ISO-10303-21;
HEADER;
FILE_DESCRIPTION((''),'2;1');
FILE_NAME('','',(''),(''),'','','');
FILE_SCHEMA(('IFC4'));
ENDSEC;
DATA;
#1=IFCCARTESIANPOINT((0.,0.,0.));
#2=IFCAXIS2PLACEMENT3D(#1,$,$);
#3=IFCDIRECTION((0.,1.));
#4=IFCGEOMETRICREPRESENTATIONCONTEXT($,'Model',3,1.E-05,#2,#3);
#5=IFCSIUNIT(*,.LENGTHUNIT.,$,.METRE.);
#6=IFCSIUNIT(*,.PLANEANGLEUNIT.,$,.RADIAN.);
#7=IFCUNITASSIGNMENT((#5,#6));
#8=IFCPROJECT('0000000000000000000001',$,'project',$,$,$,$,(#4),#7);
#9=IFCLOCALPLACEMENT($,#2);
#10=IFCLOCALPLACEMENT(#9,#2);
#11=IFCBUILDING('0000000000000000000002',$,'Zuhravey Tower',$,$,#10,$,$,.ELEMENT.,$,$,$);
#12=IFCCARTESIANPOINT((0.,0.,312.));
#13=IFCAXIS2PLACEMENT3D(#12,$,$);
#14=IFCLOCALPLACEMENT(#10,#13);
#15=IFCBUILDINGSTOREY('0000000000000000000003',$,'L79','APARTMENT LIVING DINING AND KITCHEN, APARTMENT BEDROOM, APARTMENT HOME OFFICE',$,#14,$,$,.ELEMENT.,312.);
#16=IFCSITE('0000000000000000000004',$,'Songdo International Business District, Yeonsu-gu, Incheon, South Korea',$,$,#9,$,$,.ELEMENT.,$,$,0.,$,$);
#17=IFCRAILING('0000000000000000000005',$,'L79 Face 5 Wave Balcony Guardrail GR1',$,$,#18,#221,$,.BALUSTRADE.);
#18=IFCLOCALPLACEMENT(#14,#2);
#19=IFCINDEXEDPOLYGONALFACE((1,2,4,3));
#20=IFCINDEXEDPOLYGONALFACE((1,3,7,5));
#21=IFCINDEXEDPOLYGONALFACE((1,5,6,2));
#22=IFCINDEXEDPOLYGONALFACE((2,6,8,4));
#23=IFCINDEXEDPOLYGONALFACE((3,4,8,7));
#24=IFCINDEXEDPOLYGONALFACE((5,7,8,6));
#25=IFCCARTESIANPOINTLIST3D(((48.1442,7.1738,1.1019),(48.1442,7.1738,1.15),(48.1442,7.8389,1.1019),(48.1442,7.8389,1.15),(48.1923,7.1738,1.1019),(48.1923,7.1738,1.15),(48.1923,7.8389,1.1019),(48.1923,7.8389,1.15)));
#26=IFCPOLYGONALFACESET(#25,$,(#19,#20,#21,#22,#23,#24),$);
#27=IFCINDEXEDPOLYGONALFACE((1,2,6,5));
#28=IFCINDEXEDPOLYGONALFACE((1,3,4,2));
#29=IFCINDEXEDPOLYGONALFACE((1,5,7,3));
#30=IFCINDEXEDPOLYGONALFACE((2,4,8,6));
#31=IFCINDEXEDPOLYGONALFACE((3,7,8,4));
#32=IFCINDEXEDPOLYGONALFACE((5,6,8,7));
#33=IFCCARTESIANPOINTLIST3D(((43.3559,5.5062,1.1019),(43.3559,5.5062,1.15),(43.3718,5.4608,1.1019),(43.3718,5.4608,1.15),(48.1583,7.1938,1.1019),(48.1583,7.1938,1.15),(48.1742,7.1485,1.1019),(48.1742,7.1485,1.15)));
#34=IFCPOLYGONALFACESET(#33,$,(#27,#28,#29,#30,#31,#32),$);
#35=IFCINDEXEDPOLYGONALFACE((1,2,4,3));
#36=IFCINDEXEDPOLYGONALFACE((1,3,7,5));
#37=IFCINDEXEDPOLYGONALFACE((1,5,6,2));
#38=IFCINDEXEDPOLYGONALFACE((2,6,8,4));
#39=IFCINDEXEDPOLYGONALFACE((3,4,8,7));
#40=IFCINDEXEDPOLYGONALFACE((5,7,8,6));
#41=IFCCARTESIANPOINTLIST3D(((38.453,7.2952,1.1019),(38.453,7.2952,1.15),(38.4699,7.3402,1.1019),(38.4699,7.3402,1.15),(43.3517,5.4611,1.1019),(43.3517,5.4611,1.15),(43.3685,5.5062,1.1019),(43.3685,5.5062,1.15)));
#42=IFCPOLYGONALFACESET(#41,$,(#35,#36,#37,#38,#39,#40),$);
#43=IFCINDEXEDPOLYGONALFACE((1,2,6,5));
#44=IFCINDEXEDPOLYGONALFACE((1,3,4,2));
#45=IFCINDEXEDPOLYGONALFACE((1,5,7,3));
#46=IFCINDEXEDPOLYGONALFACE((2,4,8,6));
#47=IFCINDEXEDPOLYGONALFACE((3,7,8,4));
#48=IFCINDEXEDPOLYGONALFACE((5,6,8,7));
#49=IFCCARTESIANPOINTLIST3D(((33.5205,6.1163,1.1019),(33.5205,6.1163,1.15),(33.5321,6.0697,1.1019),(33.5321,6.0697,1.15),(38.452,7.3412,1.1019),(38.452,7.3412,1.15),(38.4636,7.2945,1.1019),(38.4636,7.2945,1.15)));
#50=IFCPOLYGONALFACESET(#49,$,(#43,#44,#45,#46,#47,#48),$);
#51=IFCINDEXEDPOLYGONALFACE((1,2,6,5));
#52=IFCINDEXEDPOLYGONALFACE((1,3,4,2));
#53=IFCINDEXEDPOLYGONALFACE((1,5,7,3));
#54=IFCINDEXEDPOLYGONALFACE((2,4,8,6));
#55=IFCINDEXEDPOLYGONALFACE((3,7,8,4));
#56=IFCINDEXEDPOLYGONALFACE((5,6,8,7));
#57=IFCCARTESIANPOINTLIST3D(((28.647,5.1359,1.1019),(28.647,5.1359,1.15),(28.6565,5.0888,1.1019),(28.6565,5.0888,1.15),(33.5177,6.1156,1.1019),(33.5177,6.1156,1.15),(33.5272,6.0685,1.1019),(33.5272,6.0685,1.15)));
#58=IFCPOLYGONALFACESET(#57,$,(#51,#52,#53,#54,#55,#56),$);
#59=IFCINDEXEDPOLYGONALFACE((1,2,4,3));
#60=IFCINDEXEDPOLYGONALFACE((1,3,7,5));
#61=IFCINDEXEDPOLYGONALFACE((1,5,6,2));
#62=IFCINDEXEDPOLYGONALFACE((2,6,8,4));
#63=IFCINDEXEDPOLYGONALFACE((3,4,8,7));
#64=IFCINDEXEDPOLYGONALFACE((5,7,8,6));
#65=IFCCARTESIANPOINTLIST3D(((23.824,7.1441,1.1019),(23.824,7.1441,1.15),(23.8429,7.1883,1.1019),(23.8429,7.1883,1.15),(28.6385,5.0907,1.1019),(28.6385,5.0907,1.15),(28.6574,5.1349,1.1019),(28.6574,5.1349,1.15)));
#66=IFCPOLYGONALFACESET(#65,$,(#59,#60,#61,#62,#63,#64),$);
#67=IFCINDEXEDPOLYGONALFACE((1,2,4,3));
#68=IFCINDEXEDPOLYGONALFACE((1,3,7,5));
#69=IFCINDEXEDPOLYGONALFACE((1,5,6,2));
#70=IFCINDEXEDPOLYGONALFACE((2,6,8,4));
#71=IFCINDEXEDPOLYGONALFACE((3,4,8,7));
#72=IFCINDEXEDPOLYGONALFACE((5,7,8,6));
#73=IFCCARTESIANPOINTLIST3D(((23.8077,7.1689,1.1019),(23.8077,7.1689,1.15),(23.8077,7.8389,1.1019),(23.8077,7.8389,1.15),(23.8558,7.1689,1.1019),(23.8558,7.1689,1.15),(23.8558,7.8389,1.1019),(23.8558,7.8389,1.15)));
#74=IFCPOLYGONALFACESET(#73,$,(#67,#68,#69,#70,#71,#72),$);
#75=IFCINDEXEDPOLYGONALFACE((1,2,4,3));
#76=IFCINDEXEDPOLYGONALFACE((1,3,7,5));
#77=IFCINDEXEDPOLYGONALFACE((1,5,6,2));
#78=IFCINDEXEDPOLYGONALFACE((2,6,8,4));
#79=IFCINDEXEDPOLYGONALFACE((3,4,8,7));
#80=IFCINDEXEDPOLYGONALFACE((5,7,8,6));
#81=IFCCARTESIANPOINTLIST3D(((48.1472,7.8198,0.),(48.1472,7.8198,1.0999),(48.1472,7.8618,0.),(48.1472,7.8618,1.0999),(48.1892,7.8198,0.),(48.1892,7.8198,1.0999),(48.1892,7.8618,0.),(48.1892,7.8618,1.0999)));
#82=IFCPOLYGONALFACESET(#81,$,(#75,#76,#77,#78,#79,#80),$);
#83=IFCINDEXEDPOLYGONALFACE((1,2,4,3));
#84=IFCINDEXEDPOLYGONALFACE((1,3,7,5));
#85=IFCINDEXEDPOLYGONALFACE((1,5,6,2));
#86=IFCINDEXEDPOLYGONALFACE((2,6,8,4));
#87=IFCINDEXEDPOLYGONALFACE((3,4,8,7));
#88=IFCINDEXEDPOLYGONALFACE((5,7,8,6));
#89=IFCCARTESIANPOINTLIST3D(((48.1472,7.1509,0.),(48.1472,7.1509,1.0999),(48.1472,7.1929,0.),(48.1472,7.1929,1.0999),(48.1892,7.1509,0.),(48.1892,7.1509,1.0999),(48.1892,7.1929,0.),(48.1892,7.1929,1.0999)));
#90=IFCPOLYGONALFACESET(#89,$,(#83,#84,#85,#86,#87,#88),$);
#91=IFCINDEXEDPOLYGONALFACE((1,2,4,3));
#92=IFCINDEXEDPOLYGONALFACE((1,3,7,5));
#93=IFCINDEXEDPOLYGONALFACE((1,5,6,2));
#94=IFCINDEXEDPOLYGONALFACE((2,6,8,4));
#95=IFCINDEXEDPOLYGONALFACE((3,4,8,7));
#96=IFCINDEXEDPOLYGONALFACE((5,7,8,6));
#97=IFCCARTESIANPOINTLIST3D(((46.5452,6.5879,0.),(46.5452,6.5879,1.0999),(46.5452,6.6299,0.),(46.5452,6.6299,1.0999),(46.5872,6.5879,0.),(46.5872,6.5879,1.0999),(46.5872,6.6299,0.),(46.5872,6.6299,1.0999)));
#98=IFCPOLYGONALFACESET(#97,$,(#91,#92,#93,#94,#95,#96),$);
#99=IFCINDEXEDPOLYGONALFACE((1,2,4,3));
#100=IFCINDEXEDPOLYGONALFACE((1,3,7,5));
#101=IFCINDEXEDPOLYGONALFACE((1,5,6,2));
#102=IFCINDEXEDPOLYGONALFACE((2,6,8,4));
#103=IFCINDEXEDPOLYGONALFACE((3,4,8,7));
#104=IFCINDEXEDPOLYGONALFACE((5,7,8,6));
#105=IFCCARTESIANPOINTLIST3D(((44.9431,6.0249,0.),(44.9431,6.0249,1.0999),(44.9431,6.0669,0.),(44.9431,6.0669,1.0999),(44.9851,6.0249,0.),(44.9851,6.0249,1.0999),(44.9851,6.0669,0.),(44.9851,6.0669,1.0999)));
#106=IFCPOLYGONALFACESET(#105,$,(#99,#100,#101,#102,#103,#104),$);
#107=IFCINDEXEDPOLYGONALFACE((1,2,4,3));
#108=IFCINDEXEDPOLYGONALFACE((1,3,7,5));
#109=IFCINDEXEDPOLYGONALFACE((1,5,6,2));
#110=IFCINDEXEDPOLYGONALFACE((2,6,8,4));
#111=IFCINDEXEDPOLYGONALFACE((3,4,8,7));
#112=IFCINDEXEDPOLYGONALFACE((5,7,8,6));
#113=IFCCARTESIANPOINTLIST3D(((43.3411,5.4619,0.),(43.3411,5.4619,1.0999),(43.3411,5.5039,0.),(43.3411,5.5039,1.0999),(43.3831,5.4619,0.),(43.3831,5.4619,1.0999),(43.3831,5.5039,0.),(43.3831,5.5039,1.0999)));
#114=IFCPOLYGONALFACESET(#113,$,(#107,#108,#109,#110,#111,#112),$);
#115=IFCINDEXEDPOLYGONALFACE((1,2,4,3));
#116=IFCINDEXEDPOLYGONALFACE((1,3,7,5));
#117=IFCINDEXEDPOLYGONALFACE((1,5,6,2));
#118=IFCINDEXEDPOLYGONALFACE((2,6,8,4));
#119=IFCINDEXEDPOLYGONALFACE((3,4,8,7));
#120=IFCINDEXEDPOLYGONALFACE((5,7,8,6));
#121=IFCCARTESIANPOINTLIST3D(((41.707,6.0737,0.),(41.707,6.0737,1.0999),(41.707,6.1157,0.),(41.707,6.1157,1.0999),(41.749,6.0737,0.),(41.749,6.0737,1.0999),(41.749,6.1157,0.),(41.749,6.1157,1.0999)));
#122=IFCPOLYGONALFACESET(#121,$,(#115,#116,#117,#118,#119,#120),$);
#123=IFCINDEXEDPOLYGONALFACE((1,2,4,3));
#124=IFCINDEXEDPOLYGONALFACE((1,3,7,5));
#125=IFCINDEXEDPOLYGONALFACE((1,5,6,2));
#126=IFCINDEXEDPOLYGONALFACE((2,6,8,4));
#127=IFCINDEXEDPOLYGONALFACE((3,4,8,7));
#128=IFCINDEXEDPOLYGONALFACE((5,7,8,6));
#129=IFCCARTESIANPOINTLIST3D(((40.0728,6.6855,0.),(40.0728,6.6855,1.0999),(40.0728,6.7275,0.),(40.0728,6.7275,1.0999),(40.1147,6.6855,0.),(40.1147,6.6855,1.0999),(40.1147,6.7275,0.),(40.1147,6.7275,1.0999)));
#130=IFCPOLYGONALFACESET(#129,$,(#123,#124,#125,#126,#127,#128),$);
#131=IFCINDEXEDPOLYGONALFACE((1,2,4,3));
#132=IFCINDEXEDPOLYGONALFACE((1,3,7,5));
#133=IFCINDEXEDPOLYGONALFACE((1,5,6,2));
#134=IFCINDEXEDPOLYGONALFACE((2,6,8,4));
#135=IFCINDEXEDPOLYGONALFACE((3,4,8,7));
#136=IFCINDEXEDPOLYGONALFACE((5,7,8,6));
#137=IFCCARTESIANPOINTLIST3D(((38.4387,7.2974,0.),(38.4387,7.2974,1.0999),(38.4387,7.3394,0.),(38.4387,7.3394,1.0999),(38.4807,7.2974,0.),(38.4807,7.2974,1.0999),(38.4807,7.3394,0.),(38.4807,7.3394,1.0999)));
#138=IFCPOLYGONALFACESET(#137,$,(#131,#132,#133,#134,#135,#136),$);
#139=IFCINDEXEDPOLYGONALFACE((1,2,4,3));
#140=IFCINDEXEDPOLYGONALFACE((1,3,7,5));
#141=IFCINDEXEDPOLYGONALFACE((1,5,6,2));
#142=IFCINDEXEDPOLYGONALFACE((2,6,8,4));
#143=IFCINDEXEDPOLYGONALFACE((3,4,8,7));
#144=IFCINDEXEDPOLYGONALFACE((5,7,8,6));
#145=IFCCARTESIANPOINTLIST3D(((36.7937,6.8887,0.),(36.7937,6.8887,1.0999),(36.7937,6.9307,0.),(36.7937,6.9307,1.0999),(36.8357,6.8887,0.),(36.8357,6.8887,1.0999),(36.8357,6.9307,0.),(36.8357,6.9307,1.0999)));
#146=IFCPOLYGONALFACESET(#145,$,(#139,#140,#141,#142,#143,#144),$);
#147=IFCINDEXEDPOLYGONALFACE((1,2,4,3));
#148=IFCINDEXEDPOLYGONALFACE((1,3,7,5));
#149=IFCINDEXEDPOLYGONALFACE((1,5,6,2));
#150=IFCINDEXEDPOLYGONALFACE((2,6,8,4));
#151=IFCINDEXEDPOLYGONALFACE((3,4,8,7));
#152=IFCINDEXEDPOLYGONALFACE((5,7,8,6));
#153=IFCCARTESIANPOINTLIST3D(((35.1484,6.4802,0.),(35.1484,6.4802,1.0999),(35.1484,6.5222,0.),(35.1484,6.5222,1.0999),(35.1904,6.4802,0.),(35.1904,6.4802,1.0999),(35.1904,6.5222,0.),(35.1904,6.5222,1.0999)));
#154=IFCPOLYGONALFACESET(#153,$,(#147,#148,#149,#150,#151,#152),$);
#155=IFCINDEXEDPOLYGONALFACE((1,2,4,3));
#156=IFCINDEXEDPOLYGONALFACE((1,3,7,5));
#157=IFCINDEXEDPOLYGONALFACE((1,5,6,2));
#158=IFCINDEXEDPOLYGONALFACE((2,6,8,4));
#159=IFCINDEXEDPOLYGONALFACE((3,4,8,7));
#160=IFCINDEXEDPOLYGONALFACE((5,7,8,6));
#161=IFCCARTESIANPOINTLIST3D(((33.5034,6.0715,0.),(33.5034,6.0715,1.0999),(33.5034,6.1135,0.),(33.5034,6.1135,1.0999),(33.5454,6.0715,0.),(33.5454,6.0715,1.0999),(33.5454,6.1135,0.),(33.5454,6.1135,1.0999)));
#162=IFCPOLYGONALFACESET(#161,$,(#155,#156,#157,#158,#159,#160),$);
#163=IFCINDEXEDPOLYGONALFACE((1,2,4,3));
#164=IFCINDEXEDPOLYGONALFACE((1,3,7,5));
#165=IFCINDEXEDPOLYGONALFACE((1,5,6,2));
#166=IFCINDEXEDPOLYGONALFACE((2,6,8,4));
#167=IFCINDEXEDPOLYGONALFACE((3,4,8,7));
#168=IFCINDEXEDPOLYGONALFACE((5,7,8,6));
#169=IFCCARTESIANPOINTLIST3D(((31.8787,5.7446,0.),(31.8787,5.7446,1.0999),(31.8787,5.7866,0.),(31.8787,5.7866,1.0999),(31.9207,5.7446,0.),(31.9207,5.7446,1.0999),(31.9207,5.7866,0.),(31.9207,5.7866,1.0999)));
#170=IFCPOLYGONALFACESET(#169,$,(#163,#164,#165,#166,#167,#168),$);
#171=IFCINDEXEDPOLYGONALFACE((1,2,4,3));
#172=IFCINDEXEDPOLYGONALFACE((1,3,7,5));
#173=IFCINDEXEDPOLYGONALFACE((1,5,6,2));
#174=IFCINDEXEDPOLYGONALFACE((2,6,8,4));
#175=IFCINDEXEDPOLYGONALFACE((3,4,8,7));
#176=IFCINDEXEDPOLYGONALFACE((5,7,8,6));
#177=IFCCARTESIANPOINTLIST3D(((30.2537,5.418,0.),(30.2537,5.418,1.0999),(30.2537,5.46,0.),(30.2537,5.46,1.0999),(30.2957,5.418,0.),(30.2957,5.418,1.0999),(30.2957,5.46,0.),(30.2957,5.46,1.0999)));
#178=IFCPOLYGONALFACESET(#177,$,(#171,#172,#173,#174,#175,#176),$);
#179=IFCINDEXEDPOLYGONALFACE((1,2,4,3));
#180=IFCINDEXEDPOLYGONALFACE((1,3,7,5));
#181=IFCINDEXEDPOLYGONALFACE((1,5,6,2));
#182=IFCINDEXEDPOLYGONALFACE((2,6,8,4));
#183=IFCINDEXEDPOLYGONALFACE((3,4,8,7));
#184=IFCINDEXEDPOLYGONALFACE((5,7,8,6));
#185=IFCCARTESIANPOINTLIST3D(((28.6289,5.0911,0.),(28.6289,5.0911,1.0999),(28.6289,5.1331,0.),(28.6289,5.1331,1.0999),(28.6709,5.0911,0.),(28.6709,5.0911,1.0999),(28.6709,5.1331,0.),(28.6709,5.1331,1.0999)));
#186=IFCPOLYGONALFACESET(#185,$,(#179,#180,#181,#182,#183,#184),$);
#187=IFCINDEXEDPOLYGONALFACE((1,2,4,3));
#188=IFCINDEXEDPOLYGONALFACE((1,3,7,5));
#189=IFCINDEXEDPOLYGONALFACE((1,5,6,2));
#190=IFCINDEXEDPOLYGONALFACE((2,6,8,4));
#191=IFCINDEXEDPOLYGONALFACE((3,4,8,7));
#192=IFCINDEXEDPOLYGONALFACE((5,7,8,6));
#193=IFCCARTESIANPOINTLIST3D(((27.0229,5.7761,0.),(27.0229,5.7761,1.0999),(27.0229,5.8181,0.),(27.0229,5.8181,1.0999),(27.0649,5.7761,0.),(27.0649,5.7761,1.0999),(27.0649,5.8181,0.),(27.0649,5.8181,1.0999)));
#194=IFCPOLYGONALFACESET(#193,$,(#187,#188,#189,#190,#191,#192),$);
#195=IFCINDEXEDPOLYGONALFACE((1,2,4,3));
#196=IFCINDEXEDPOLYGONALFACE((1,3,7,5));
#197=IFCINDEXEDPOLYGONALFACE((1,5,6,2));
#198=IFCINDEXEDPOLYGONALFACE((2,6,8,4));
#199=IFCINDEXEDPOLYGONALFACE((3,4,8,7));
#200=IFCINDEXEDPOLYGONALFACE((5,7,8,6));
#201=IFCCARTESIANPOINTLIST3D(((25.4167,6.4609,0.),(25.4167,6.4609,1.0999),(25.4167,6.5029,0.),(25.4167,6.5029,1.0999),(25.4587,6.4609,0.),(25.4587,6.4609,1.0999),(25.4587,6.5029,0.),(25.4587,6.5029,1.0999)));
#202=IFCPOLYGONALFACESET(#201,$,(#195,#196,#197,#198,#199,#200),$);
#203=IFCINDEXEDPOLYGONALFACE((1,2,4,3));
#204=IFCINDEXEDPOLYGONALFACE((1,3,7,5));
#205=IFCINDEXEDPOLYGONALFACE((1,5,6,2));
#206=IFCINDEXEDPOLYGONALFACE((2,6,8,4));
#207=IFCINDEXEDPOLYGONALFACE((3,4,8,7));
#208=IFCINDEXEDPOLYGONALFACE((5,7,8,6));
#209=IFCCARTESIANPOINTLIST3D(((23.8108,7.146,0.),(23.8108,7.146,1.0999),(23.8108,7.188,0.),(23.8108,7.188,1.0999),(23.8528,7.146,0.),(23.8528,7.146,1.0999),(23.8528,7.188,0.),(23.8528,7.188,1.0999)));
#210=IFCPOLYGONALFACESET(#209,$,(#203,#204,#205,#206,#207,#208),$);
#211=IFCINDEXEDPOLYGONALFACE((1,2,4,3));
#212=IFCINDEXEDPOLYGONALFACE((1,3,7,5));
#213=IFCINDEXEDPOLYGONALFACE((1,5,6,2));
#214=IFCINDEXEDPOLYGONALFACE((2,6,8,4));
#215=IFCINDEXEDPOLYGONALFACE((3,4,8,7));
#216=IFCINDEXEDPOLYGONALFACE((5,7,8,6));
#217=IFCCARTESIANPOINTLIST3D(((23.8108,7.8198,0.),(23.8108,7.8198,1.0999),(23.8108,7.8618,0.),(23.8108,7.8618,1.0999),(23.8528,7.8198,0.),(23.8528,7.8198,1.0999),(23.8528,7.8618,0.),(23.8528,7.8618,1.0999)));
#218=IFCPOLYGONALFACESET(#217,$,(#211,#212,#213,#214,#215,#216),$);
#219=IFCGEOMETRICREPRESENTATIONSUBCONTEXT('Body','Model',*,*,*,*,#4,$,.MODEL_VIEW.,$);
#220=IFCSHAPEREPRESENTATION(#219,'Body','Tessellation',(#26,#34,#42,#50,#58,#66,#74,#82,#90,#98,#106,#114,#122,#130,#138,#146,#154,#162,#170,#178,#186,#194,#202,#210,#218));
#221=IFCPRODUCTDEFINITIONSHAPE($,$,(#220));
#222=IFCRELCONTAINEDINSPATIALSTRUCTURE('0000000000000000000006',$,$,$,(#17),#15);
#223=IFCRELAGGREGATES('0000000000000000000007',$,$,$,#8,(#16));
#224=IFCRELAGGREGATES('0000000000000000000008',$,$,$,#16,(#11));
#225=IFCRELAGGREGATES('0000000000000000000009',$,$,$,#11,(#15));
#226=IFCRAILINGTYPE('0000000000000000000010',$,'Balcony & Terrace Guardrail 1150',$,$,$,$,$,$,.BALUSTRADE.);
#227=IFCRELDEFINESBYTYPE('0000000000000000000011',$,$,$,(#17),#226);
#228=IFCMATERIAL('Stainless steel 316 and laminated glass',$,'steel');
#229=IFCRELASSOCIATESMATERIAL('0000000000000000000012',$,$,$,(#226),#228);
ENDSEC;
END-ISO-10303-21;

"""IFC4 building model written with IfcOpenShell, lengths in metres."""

from ifc_helpers import new_model, si_unit, direction, frame, origin, origin_2d, place, context, subcontext, project, spatial, rectangle, extrude, material, type_object, element, save


model = new_model("IFC4")

# Units and contexts
model_context = context("Model", 3, precision=1e-05, world=origin(), true_north=direction((0.0, 1.0)))
body_context = subcontext(model_context, "Body", "Model", "MODEL_VIEW")
ifc_project = project(units=[si_unit("LENGTHUNIT", "METRE"), si_unit("PLANEANGLEUNIT", "RADIAN")], contexts=[model_context])

# Site, building, storey
site_placement = place(None, origin())
site = spatial("IfcSite", under=ifc_project, at=site_placement, Name="Songdo International Business District, Yeonsu-gu, Incheon, South Korea", CompositionType="ELEMENT", RefElevation=0.0)
building_placement = place(site_placement, origin())
building = spatial("IfcBuilding", under=site, at=building_placement, Name="Zuhravey Tower", CompositionType="ELEMENT")
storey_placement = place(building_placement, frame((0.0, 0.0, 312.0)))
storey = spatial("IfcBuildingStorey", under=building, at=storey_placement, Name="L79", Description="APARTMENT LIVING DINING AND KITCHEN, APARTMENT BEDROOM, APARTMENT HOME OFFICE", CompositionType="ELEMENT", Elevation=312.0)

# Railing
ifc_material_1 = material(Name="Stainless steel 316 and laminated glass", Category="steel")
railing_type = type_object("IfcRailingType", Name="Balcony & Terrace Guardrail 1150", PredefinedType="BALUSTRADE", material=ifc_material_1)
railing_placement = place(storey_placement, frame((48.1682, 7.8408, 0.0)))
element("IfcRailing", 1, at=railing_placement, inside=storey, type_object=railing_type, Name="L79 Face 5 Wave Balcony Guardrail GR1", PredefinedType="BALUSTRADE", context=body_context, shape_type="SweptSolid", body=[
    extrude(rectangle(XDim=0.0481, YDim=0.0481, at=origin_2d()), frame((0.0, -0.002, 1.126), z_axis=(0.0, -1.0, 0.0), x_axis=(1.0, 0.0, 0.0)), (0.0, 0.0, 1.0), 0.665),
    extrude(rectangle(XDim=0.0481, YDim=0.0481, at=origin_2d()), frame((-0.002, -0.6697, 1.126), z_axis=(-0.943441, -0.331541, 0.0), x_axis=(0.331541, -0.943441, 0.0)), (0.0, 0.0, 1.0), 5.0903),
    extrude(rectangle(XDim=0.0481, YDim=0.0481, at=origin_2d()), frame((-4.8081, -2.3572, 1.126), z_axis=(-0.936513, 0.350633, 0.0), x_axis=(-0.350633, -0.936513, 0.0)), (0.0, 0.0, 1.0), 5.2307),
    extrude(rectangle(XDim=0.0481, YDim=0.0481, at=origin_2d()), frame((-9.7104, -0.5229, 1.126), z_axis=(-0.970511, -0.241056, 0.0), x_axis=(0.241056, -0.970511, 0.0)), (0.0, 0.0, 1.0), 5.0813),
    extrude(rectangle(XDim=0.0481, YDim=0.0481, at=origin_2d()), frame((-14.6458, -1.7488, 1.126), z_axis=(-0.980365, -0.197192, 0.0), x_axis=(0.197192, -0.980365, 0.0)), (0.0, 0.0, 1.0), 4.9683),
    extrude(rectangle(XDim=0.0481, YDim=0.0481, at=origin_2d()), frame((-19.5203, -2.728, 1.126), z_axis=(-0.919833, 0.39231, 0.0), x_axis=(-0.39231, -0.919833, 0.0)), (0.0, 0.0, 1.0), 5.2341),
    extrude(rectangle(XDim=0.0481, YDim=0.0481, at=origin_2d()), frame((-24.3364, -0.6719, 1.126), z_axis=(0.0, 1.0, 0.0), x_axis=(-1.0, 0.0, 0.0)), (0.0, 0.0, 1.0), 0.6699),
    extrude(rectangle(XDim=0.042, YDim=0.042, at=origin_2d()), origin(), (0.0, 0.0, 1.0), 1.0999),
    extrude(rectangle(XDim=0.042, YDim=0.042, at=origin_2d()), frame((0.0, -0.6689, 0.0)), (0.0, 0.0, 1.0), 1.0999),
    extrude(rectangle(XDim=0.042, YDim=0.042, at=origin_2d()), frame((-1.6021, -1.2319, 0.0)), (0.0, 0.0, 1.0), 1.0999),
    extrude(rectangle(XDim=0.042, YDim=0.042, at=origin_2d()), frame((-3.2041, -1.7949, 0.0)), (0.0, 0.0, 1.0), 1.0999),
    extrude(rectangle(XDim=0.042, YDim=0.042, at=origin_2d()), frame((-4.8062, -2.3579, 0.0)), (0.0, 0.0, 1.0), 1.0999),
    extrude(rectangle(XDim=0.042, YDim=0.042, at=origin_2d()), frame((-6.4402, -1.7461, 0.0)), (0.0, 0.0, 1.0), 1.0999),
    extrude(rectangle(XDim=0.042, YDim=0.042, at=origin_2d()), frame((-8.0745, -1.1343, 0.0)), (0.0, 0.0, 1.0), 1.0999),
    extrude(rectangle(XDim=0.042, YDim=0.042, at=origin_2d()), frame((-9.7085, -0.5225, 0.0)), (0.0, 0.0, 1.0), 1.0999),
    extrude(rectangle(XDim=0.042, YDim=0.042, at=origin_2d()), frame((-11.3535, -0.9312, 0.0)), (0.0, 0.0, 1.0), 1.0999),
    extrude(rectangle(XDim=0.042, YDim=0.042, at=origin_2d()), frame((-12.9988, -1.3396, 0.0)), (0.0, 0.0, 1.0), 1.0999),
    extrude(rectangle(XDim=0.042, YDim=0.042, at=origin_2d()), frame((-14.6438, -1.7483, 0.0)), (0.0, 0.0, 1.0), 1.0999),
    extrude(rectangle(XDim=0.042, YDim=0.042, at=origin_2d()), frame((-16.2686, -2.0752, 0.0)), (0.0, 0.0, 1.0), 1.0999),
    extrude(rectangle(XDim=0.042, YDim=0.042, at=origin_2d()), frame((-17.8936, -2.4019, 0.0)), (0.0, 0.0, 1.0), 1.0999),
    extrude(rectangle(XDim=0.042, YDim=0.042, at=origin_2d()), frame((-19.5183, -2.7288, 0.0)), (0.0, 0.0, 1.0), 1.0999),
    extrude(rectangle(XDim=0.042, YDim=0.042, at=origin_2d()), frame((-21.1243, -2.0437, 0.0)), (0.0, 0.0, 1.0), 1.0999),
    extrude(rectangle(XDim=0.042, YDim=0.042, at=origin_2d()), frame((-22.7305, -1.3589, 0.0)), (0.0, 0.0, 1.0), 1.0999),
    extrude(rectangle(XDim=0.042, YDim=0.042, at=origin_2d()), frame((-24.3364, -0.6738, 0.0)), (0.0, 0.0, 1.0), 1.0999),
    extrude(rectangle(XDim=0.042, YDim=0.042, at=origin_2d()), frame((-24.3364, 0.0, 0.0)), (0.0, 0.0, 1.0), 1.0999),
])

save(model, "model.ifc")
